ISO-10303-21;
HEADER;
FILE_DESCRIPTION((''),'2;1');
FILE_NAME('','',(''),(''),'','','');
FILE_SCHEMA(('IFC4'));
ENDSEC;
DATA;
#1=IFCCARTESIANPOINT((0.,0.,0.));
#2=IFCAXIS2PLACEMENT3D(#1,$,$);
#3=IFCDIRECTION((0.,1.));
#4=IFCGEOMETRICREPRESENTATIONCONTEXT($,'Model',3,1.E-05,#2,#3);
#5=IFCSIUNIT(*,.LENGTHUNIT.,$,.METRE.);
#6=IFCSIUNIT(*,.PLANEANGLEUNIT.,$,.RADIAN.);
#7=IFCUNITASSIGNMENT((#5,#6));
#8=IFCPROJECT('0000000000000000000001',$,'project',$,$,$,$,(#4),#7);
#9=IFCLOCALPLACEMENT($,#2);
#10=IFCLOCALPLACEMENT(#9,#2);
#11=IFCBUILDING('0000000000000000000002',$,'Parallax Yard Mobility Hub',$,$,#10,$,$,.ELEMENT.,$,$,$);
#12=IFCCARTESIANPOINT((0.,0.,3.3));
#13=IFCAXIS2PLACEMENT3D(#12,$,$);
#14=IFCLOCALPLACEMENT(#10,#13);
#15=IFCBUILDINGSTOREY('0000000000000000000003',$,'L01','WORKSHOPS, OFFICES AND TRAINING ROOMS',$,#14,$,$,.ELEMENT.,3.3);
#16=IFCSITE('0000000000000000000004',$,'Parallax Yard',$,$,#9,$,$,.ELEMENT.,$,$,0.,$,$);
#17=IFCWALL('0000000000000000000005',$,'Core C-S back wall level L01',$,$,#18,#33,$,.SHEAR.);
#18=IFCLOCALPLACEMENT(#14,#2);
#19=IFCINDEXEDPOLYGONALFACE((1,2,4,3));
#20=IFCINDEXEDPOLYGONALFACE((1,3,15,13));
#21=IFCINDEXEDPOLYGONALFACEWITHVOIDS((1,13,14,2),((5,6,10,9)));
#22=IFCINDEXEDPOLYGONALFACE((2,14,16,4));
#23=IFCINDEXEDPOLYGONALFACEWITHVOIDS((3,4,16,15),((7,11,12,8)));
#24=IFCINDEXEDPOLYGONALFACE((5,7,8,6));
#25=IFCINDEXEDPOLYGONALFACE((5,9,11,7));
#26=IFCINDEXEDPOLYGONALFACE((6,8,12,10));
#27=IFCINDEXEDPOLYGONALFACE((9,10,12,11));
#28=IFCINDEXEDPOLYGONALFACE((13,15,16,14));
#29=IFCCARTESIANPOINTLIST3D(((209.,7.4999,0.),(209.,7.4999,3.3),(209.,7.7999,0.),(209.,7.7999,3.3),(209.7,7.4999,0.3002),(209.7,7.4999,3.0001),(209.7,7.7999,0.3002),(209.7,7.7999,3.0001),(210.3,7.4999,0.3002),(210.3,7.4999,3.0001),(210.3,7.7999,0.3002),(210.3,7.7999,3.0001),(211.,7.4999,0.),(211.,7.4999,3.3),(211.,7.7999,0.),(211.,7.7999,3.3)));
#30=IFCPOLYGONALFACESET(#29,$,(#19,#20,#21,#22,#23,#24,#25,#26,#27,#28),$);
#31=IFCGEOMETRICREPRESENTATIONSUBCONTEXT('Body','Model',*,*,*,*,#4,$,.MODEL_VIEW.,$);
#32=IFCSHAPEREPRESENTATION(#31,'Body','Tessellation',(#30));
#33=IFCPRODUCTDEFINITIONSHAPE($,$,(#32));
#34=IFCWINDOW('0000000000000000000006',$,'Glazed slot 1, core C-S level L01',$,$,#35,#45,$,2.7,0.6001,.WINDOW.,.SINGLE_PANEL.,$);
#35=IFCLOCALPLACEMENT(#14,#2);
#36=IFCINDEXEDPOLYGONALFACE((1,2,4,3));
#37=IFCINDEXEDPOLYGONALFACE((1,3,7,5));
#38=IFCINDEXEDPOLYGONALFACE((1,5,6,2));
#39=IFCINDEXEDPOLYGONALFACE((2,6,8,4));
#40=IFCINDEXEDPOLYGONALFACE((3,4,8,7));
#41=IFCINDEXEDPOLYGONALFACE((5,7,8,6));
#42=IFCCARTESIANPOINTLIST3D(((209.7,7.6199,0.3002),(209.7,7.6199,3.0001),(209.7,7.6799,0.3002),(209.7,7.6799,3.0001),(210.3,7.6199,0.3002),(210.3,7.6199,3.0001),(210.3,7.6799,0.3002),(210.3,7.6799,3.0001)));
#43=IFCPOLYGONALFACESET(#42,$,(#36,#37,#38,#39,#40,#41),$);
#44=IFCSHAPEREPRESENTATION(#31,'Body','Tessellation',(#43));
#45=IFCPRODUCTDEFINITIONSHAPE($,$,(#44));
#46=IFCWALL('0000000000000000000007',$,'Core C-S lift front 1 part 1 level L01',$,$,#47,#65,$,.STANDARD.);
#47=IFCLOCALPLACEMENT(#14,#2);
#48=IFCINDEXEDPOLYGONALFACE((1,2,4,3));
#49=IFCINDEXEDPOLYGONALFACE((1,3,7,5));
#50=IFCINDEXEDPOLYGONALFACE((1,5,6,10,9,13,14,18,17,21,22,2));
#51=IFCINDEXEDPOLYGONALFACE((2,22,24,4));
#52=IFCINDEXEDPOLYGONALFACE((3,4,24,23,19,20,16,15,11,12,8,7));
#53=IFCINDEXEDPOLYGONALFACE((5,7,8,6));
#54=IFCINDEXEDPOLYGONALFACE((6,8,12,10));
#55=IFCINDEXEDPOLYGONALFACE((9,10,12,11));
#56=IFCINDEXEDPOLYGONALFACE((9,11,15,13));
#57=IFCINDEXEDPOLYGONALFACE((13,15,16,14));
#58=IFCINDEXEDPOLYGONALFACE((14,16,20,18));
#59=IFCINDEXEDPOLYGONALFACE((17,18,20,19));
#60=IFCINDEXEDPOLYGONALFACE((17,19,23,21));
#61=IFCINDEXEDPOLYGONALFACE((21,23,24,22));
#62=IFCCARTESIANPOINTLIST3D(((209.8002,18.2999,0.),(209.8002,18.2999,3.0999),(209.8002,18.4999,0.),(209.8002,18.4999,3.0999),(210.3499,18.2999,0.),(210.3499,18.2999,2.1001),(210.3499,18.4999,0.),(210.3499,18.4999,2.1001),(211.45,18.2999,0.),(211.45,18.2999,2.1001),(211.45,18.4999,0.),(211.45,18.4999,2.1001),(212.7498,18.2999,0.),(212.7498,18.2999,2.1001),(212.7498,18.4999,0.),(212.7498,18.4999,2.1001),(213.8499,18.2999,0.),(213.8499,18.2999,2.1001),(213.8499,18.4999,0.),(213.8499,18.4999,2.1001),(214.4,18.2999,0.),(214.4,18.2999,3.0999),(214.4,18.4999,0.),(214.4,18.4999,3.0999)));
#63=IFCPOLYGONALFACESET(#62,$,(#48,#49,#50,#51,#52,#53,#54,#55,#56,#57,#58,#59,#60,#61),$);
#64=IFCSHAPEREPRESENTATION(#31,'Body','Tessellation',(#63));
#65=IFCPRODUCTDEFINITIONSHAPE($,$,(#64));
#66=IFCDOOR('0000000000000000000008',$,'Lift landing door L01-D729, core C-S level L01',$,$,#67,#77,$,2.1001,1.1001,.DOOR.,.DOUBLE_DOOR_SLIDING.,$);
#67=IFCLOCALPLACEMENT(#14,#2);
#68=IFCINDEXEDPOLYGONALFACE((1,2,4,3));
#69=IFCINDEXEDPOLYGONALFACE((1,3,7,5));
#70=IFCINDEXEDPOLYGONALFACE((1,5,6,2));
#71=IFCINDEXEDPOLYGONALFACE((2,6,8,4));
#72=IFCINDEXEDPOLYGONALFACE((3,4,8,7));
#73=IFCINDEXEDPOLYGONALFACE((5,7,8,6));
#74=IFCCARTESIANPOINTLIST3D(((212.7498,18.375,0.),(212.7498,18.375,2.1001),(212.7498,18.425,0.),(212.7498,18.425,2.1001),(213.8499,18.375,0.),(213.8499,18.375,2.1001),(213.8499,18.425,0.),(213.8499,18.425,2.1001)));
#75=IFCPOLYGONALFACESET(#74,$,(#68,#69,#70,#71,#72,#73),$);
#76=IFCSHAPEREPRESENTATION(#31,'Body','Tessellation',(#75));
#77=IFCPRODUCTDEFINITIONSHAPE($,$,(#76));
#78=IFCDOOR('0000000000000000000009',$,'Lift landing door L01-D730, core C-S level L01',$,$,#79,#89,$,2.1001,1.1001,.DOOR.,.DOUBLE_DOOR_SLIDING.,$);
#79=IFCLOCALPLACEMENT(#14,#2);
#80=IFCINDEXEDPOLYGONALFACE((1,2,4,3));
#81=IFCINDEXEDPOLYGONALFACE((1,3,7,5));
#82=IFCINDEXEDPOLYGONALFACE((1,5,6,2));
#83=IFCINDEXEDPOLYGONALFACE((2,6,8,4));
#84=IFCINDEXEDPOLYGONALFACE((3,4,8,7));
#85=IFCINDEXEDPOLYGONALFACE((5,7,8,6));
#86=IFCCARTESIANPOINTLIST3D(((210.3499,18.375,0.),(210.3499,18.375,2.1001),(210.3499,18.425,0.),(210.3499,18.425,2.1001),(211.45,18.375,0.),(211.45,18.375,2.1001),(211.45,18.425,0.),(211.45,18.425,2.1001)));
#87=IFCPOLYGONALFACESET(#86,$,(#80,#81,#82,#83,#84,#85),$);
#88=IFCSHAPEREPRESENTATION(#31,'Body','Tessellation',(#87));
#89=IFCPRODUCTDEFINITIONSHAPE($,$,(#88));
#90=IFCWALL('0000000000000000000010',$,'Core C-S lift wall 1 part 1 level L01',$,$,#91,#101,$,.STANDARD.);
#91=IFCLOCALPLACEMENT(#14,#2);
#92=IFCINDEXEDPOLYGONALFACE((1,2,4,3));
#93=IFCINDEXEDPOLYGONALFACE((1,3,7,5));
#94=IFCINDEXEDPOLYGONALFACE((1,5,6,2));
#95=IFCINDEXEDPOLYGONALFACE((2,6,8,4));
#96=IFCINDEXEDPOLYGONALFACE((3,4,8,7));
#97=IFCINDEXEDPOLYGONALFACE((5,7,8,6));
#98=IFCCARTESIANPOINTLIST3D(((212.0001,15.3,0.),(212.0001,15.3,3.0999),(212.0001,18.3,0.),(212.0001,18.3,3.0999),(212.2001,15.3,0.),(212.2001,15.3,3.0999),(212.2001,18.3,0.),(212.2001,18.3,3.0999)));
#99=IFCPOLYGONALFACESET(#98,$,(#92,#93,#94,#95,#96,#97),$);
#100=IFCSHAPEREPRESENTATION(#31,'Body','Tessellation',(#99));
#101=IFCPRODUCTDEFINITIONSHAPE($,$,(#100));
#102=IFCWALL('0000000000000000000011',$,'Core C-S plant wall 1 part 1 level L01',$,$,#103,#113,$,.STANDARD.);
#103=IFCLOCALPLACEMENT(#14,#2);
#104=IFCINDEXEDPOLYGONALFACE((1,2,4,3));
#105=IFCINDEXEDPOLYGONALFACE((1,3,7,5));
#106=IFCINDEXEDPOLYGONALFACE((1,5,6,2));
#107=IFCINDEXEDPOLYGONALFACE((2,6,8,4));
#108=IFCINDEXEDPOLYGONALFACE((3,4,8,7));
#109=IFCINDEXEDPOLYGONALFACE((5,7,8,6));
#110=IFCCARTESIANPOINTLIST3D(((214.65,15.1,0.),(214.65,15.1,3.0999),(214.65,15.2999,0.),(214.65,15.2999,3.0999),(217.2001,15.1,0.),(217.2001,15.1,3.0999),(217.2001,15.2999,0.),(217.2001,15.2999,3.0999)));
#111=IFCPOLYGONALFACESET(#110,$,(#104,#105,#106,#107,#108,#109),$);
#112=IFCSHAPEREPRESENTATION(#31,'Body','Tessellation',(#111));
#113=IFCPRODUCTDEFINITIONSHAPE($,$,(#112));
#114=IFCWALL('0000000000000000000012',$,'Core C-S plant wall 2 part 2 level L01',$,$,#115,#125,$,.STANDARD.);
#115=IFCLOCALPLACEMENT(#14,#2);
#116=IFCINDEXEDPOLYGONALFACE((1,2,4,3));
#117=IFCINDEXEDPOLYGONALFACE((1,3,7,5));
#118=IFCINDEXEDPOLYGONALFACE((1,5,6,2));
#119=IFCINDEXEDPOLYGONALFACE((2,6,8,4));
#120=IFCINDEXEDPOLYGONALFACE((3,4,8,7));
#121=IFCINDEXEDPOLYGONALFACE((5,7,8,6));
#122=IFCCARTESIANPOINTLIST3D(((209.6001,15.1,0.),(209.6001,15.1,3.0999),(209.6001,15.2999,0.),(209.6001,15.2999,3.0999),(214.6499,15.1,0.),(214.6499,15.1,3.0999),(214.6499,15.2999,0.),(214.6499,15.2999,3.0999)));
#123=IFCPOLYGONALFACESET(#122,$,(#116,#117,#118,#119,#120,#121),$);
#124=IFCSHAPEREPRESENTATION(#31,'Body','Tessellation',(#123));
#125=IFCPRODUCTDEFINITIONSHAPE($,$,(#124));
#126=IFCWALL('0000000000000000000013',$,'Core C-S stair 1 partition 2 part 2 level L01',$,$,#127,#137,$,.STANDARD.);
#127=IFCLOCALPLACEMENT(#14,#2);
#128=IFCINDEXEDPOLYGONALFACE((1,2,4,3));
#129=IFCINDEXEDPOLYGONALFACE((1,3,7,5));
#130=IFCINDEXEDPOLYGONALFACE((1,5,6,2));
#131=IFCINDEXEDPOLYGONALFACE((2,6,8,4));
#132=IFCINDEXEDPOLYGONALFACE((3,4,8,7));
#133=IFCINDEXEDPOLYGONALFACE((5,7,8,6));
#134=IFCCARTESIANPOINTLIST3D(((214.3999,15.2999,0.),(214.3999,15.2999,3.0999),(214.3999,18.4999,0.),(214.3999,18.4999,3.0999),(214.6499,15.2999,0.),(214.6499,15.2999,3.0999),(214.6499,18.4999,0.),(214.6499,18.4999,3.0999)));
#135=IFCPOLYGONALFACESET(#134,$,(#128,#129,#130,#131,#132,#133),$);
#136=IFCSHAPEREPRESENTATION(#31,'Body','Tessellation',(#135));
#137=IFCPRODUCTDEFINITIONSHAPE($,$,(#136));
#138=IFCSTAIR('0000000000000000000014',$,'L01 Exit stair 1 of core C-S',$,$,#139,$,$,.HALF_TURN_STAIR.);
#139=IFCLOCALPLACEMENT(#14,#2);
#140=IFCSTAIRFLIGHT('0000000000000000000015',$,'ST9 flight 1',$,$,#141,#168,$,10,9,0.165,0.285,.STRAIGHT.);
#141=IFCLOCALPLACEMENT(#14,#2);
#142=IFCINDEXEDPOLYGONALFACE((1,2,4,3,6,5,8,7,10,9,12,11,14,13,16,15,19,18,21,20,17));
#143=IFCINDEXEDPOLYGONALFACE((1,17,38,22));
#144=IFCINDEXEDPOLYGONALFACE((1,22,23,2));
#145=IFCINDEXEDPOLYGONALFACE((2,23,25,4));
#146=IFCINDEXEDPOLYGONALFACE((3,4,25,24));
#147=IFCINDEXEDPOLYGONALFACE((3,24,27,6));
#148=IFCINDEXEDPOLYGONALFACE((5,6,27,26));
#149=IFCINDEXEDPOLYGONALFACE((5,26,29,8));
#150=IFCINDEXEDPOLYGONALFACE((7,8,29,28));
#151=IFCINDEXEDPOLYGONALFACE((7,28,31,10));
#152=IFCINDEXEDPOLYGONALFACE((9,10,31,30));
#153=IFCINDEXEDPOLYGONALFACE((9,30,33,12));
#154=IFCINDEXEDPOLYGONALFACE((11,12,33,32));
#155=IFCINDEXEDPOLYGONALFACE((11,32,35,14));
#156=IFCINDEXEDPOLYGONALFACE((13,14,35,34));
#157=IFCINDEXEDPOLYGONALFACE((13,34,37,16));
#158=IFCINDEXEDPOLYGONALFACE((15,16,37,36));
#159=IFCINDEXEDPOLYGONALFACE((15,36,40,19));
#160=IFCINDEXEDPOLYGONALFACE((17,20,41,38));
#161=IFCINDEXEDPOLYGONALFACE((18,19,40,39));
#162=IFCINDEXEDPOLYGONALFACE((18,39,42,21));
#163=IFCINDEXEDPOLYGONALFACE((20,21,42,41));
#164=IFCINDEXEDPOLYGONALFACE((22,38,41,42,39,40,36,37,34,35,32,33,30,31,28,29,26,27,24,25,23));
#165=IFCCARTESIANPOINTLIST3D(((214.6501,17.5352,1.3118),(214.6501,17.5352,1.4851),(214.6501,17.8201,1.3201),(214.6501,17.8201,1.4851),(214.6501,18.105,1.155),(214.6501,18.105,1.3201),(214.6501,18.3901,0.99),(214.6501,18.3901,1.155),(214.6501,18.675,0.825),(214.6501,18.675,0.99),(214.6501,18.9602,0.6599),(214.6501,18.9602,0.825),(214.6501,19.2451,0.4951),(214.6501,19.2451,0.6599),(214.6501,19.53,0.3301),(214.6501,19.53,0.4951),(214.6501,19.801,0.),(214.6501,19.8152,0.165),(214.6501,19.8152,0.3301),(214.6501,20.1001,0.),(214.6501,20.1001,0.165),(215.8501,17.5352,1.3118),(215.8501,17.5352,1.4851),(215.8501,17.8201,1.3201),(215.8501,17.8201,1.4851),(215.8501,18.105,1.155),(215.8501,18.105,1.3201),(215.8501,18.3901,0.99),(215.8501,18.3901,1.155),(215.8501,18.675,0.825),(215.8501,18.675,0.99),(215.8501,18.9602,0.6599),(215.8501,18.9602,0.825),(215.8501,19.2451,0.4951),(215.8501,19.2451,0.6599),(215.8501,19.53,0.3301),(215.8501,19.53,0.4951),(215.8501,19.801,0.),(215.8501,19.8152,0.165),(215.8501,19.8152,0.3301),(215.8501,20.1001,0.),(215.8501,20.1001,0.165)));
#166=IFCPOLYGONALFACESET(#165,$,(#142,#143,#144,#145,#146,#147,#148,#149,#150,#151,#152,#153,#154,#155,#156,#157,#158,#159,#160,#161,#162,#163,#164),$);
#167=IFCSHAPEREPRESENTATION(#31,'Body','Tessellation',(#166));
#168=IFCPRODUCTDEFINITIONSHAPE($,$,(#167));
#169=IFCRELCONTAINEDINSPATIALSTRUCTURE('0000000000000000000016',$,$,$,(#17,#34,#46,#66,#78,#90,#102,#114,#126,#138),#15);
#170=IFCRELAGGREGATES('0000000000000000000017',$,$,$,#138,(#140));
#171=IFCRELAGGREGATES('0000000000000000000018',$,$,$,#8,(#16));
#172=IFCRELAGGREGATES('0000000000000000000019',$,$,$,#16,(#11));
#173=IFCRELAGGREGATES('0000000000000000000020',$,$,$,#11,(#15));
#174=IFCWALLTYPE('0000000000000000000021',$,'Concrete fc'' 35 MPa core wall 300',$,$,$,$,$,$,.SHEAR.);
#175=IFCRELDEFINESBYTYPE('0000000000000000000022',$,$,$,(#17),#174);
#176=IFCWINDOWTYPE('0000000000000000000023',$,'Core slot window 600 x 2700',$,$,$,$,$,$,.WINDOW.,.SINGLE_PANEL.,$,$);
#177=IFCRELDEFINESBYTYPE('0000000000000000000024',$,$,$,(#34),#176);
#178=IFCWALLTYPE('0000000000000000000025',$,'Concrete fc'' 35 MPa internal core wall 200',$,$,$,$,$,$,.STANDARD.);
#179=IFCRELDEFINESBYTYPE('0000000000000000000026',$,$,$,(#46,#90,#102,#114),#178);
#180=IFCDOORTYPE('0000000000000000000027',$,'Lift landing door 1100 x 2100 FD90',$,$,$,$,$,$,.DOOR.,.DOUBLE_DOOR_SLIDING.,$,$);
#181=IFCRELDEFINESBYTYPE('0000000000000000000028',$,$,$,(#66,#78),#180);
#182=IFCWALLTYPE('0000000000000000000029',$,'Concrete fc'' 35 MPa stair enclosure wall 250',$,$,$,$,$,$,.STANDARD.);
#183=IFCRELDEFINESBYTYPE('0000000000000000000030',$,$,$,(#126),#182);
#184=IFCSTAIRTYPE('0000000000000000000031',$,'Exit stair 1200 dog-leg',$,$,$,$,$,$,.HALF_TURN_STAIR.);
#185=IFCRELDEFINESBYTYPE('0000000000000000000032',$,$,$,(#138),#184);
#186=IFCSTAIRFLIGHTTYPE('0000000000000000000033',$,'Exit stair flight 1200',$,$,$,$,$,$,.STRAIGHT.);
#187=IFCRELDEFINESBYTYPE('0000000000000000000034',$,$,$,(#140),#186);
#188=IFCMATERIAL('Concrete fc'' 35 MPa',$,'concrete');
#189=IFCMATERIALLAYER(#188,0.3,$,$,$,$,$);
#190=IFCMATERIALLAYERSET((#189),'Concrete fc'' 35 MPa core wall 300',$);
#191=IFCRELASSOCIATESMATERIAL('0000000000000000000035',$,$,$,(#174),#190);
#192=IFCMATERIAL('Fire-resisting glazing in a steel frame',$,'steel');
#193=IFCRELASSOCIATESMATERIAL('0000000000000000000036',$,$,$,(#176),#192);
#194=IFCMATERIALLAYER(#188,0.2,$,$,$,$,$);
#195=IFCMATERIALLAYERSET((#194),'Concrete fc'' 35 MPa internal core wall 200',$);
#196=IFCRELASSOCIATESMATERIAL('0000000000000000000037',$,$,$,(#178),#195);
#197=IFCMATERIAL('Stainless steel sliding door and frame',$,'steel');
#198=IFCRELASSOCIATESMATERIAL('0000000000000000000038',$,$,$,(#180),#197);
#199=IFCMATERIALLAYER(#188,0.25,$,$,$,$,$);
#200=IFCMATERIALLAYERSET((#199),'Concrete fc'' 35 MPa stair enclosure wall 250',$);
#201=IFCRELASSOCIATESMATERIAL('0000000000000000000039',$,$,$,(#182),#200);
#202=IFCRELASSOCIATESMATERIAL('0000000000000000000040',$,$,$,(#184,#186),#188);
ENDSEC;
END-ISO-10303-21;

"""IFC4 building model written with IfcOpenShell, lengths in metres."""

from ifc_helpers import new_model, si_unit, direction, frame, frame_2d, origin, place, context, subcontext, project, spatial, polyline, rectangle, outline, extrude, material, layer, layer_set, type_object, element, fill, aggregate, save


model = new_model("IFC4")

# Units and contexts
model_context = context("Model", 3, precision=1e-05, world=origin(), true_north=direction((0.0, 1.0)))
body_context = subcontext(model_context, "Body", "Model", "MODEL_VIEW")
ifc_project = project(units=[si_unit("LENGTHUNIT", "METRE"), si_unit("PLANEANGLEUNIT", "RADIAN")], contexts=[model_context])

# Site, building, storey
site_placement = place(None, origin())
site = spatial("IfcSite", under=ifc_project, at=site_placement, Name="Parallax Yard", CompositionType="ELEMENT", RefElevation=0.0)
building_placement = place(site_placement, origin())
building = spatial("IfcBuilding", under=site, at=building_placement, Name="Parallax Yard Mobility Hub", CompositionType="ELEMENT")
storey_placement = place(building_placement, frame((0.0, 0.0, 3.3)))
storey = spatial("IfcBuildingStorey", under=building, at=storey_placement, Name="L01", Description="WORKSHOPS, OFFICES AND TRAINING ROOMS", CompositionType="ELEMENT", Elevation=3.3)

# Wall, opening, window
ifc_material_1 = material(Name="Concrete fc' 35 MPa", Category="concrete")
ifc_layer_1 = layer(ifc_material_1, 0.3)
ifc_layer_set_1 = layer_set([ifc_layer_1], Name="Concrete fc' 35 MPa core wall 300")
wall_type_1 = type_object("IfcWallType", Name="Concrete fc' 35 MPa core wall 300", PredefinedType="SHEAR", material=ifc_layer_set_1)
wall_1_placement = place(storey_placement, frame((211.0, 7.6499, 0.0), z_axis=(0.0, 0.0, 1.0), x_axis=(-1.0, 0.0, 0.0)))
wall_1 = element("IfcWall", 1, at=wall_1_placement, inside=storey, type_object=wall_type_1, Name="Core C-S back wall level L01", PredefinedType="SHEAR", context=body_context, shape_type="SweptSolid", body=[
    extrude(rectangle(XDim=2.0, YDim=0.3, at=frame_2d((1.0, 0.0))), origin(), (0.0, 0.0, 1.0), 3.3),
])
opening_1_placement = place(wall_1_placement, frame((0.7, 0.0, 0.3)))
opening_1 = element("IfcOpeningElement", 2, at=opening_1_placement, cuts=wall_1, PredefinedType="OPENING", context=body_context, shape_type="SweptSolid", body=[
    extrude(rectangle(XDim=0.6001, YDim=2.7, at=frame_2d((0.3, 1.3501))), frame((0.0, 0.1602, 0.0), z_axis=(0.0, -1.0, 0.0), x_axis=(1.0, 0.0, 0.0)), (0.0, 0.0, 1.0), 0.3201),
])
ifc_material_2 = material(Name="Fire-resisting glazing in a steel frame", Category="steel")
window_type = type_object("IfcWindowType", Name="Core slot window 600 x 2700", PartitioningType="SINGLE_PANEL", PredefinedType="WINDOW", material=ifc_material_2)
window_placement = place(opening_1_placement, origin())
window = element("IfcWindow", 3, at=window_placement, inside=storey, type_object=window_type, Name="Glazed slot 1, core C-S level L01", OverallHeight=2.7, OverallWidth=0.6001, PartitioningType="SINGLE_PANEL", PredefinedType="WINDOW", context=body_context, shape_type="SweptSolid", body=[
    extrude(rectangle(XDim=0.6001, YDim=2.7, at=frame_2d((0.3, 1.3501))), frame((0.0, 0.03, 0.0), z_axis=(0.0, -1.0, 0.0), x_axis=(1.0, 0.0, 0.0)), (0.0, 0.0, 1.0), 0.0601),
])
fill(opening_1, window)

# Wall, openings, doors
ifc_layer_2 = layer(ifc_material_1, 0.2)
ifc_layer_set_2 = layer_set([ifc_layer_2], Name="Concrete fc' 35 MPa internal core wall 200")
wall_type_2 = type_object("IfcWallType", Name="Concrete fc' 35 MPa internal core wall 200", PredefinedType="STANDARD", material=ifc_layer_set_2)
wall_2_placement = place(storey_placement, frame((214.3999, 18.3999, 0.0), z_axis=(0.0, 0.0, 1.0), x_axis=(-1.0, 0.0, 0.0)))
wall_2 = element("IfcWall", 4, at=wall_2_placement, inside=storey, type_object=wall_type_2, Name="Core C-S lift front 1 part 1 level L01", PredefinedType="STANDARD", context=body_context, shape_type="SweptSolid", body=[
    extrude(rectangle(XDim=4.5999, YDim=0.2, at=frame_2d((2.2998, 0.0))), origin(), (0.0, 0.0, 1.0), 3.0999),
])
opening_2_placement = place(wall_2_placement, frame((0.55, 0.0, 0.0)))
opening_2 = element("IfcOpeningElement", 5, at=opening_2_placement, cuts=wall_2, PredefinedType="OPENING", context=body_context, shape_type="SweptSolid", body=[
    extrude(rectangle(XDim=1.1001, YDim=2.1001, at=frame_2d((0.55, 1.05))), frame((0.0, 0.1099, 0.0), z_axis=(0.0, -1.0, 0.0), x_axis=(1.0, 0.0, 0.0)), (0.0, 0.0, 1.0), 0.22),
])
opening_3_placement = place(wall_2_placement, frame((2.95, 0.0, 0.0)))
opening_3 = element("IfcOpeningElement", 6, at=opening_3_placement, cuts=wall_2, PredefinedType="OPENING", context=body_context, shape_type="SweptSolid", body=[
    extrude(rectangle(XDim=1.1001, YDim=2.1001, at=frame_2d((0.55, 1.05))), frame((0.0, 0.1099, 0.0), z_axis=(0.0, -1.0, 0.0), x_axis=(1.0, 0.0, 0.0)), (0.0, 0.0, 1.0), 0.22),
])
ifc_material_3 = material(Name="Stainless steel sliding door and frame", Category="steel")
door_type = type_object("IfcDoorType", Name="Lift landing door 1100 x 2100 FD90", OperationType="DOUBLE_DOOR_SLIDING", PredefinedType="DOOR", material=ifc_material_3)
door_1_placement = place(opening_2_placement, origin())
door_1 = element("IfcDoor", 7, at=door_1_placement, inside=storey, type_object=door_type, Name="Lift landing door L01-D729, core C-S level L01", OperationType="DOUBLE_DOOR_SLIDING", OverallHeight=2.1001, OverallWidth=1.1001, PredefinedType="DOOR", context=body_context, shape_type="SweptSolid", body=[
    extrude(rectangle(XDim=1.1001, YDim=2.1001, at=frame_2d((0.55, 1.05))), frame((0.0, 0.0249, 0.0), z_axis=(0.0, -1.0, 0.0), x_axis=(1.0, 0.0, 0.0)), (0.0, 0.0, 1.0), 0.05),
])
fill(opening_2, door_1)
door_2_placement = place(opening_3_placement, origin())
door_2 = element("IfcDoor", 8, at=door_2_placement, inside=storey, type_object=door_type, Name="Lift landing door L01-D730, core C-S level L01", OperationType="DOUBLE_DOOR_SLIDING", OverallHeight=2.1001, OverallWidth=1.1001, PredefinedType="DOOR", context=body_context, shape_type="SweptSolid", body=[
    extrude(rectangle(XDim=1.1001, YDim=2.1001, at=frame_2d((0.55, 1.05))), frame((0.0, 0.0249, 0.0), z_axis=(0.0, -1.0, 0.0), x_axis=(1.0, 0.0, 0.0)), (0.0, 0.0, 1.0), 0.05),
])
fill(opening_3, door_2)

# Walls
wall_3_placement = place(storey_placement, frame((212.1001, 18.3, 0.0), z_axis=(0.0, 0.0, 1.0), x_axis=(0.0, -1.0, 0.0)))
element("IfcWall", 9, at=wall_3_placement, inside=storey, type_object=wall_type_2, Name="Core C-S lift wall 1 part 1 level L01", PredefinedType="STANDARD", context=body_context, shape_type="SweptSolid", body=[
    extrude(rectangle(XDim=3.0, YDim=0.2, at=frame_2d((1.5, 0.0))), origin(), (0.0, 0.0, 1.0), 3.0999),
])
wall_4_placement = place(storey_placement, frame((217.2, 15.2, 0.0), z_axis=(0.0, 0.0, 1.0), x_axis=(-1.0, 0.0, 0.0)))
element("IfcWall", 10, at=wall_4_placement, inside=storey, type_object=wall_type_2, Name="Core C-S plant wall 1 part 1 level L01", PredefinedType="STANDARD", context=body_context, shape_type="SweptSolid", body=[
    extrude(rectangle(XDim=2.55, YDim=0.2, at=frame_2d((1.2749, 0.0))), origin(), (0.0, 0.0, 1.0), 3.0999),
])
wall_5_placement = place(storey_placement, frame((214.6499, 15.2, 0.0), z_axis=(0.0, 0.0, 1.0), x_axis=(-1.0, 0.0, 0.0)))
element("IfcWall", 11, at=wall_5_placement, inside=storey, type_object=wall_type_2, Name="Core C-S plant wall 2 part 2 level L01", PredefinedType="STANDARD", context=body_context, shape_type="SweptSolid", body=[
    extrude(rectangle(XDim=5.0498, YDim=0.2, at=frame_2d((2.5249, 0.0))), origin(), (0.0, 0.0, 1.0), 3.0999),
])
ifc_layer_3 = layer(ifc_material_1, 0.25)
ifc_layer_set_3 = layer_set([ifc_layer_3], Name="Concrete fc' 35 MPa stair enclosure wall 250")
wall_type_3 = type_object("IfcWallType", Name="Concrete fc' 35 MPa stair enclosure wall 250", PredefinedType="STANDARD", material=ifc_layer_set_3)
wall_6_placement = place(storey_placement, frame((214.5249, 18.5, 0.0), z_axis=(0.0, 0.0, 1.0), x_axis=(0.0, -1.0, 0.0)))
element("IfcWall", 12, at=wall_6_placement, inside=storey, type_object=wall_type_3, Name="Core C-S stair 1 partition 2 part 2 level L01", PredefinedType="STANDARD", context=body_context, shape_type="SweptSolid", body=[
    extrude(rectangle(XDim=3.2, YDim=0.25, at=frame_2d((1.6001, 0.0))), origin(), (0.0, 0.0, 1.0), 3.0999),
])

# Stair, stair flight
stair_type = type_object("IfcStairType", Name="Exit stair 1200 dog-leg", PredefinedType="HALF_TURN_STAIR", material=ifc_material_1)
stair_placement = place(storey_placement, origin())
stair = element("IfcStair", 13, at=stair_placement, inside=storey, type_object=stair_type, Name="L01 Exit stair 1 of core C-S", PredefinedType="HALF_TURN_STAIR")
stair_flight_type = type_object("IfcStairFlightType", Name="Exit stair flight 1200", PredefinedType="STRAIGHT", material=ifc_material_1)
stair_flight_1_placement = place(storey_placement, frame((215.25, 20.1001, 0.0), z_axis=(0.0, 0.0, 1.0), x_axis=(0.0, -1.0, 0.0)))
stair_flight_1 = element("IfcStairFlight", 14, at=stair_flight_1_placement, type_object=stair_flight_type, Name="ST9 flight 1", NumberOfRisers=10, NumberOfTreads=9, PredefinedType="STRAIGHT", RiserHeight=0.165, TreadLength=0.285, context=body_context, shape_type="SweptSolid", body=[
    extrude(outline(polyline([(0.0, 0.0), (0.0, 0.165), (0.2849, 0.165), (0.2849, 0.3301), (0.5701, 0.3301), (0.5701, 0.4951), (0.855, 0.4951), (0.855, 0.6599), (1.1399, 0.6599), (1.1399, 0.825), (1.425, 0.825), (1.425, 0.99), (1.71, 0.99), (1.71, 1.155), (1.9951, 1.155), (1.9951, 1.3201), (2.28, 1.3201), (2.28, 1.4851), (2.5649, 1.4851), (2.5649, 1.6499), (2.5649, 1.3118), (0.2991, 0.0), (0.0, 0.0)])), frame((0.0, 0.6001, 0.0), z_axis=(0.0, -1.0, 0.0), x_axis=(1.0, 0.0, 0.0)), (0.0, 0.0, 1.0), 1.2),
])
aggregate(stair, [stair_flight_1])

save(model, "model.ifc")
